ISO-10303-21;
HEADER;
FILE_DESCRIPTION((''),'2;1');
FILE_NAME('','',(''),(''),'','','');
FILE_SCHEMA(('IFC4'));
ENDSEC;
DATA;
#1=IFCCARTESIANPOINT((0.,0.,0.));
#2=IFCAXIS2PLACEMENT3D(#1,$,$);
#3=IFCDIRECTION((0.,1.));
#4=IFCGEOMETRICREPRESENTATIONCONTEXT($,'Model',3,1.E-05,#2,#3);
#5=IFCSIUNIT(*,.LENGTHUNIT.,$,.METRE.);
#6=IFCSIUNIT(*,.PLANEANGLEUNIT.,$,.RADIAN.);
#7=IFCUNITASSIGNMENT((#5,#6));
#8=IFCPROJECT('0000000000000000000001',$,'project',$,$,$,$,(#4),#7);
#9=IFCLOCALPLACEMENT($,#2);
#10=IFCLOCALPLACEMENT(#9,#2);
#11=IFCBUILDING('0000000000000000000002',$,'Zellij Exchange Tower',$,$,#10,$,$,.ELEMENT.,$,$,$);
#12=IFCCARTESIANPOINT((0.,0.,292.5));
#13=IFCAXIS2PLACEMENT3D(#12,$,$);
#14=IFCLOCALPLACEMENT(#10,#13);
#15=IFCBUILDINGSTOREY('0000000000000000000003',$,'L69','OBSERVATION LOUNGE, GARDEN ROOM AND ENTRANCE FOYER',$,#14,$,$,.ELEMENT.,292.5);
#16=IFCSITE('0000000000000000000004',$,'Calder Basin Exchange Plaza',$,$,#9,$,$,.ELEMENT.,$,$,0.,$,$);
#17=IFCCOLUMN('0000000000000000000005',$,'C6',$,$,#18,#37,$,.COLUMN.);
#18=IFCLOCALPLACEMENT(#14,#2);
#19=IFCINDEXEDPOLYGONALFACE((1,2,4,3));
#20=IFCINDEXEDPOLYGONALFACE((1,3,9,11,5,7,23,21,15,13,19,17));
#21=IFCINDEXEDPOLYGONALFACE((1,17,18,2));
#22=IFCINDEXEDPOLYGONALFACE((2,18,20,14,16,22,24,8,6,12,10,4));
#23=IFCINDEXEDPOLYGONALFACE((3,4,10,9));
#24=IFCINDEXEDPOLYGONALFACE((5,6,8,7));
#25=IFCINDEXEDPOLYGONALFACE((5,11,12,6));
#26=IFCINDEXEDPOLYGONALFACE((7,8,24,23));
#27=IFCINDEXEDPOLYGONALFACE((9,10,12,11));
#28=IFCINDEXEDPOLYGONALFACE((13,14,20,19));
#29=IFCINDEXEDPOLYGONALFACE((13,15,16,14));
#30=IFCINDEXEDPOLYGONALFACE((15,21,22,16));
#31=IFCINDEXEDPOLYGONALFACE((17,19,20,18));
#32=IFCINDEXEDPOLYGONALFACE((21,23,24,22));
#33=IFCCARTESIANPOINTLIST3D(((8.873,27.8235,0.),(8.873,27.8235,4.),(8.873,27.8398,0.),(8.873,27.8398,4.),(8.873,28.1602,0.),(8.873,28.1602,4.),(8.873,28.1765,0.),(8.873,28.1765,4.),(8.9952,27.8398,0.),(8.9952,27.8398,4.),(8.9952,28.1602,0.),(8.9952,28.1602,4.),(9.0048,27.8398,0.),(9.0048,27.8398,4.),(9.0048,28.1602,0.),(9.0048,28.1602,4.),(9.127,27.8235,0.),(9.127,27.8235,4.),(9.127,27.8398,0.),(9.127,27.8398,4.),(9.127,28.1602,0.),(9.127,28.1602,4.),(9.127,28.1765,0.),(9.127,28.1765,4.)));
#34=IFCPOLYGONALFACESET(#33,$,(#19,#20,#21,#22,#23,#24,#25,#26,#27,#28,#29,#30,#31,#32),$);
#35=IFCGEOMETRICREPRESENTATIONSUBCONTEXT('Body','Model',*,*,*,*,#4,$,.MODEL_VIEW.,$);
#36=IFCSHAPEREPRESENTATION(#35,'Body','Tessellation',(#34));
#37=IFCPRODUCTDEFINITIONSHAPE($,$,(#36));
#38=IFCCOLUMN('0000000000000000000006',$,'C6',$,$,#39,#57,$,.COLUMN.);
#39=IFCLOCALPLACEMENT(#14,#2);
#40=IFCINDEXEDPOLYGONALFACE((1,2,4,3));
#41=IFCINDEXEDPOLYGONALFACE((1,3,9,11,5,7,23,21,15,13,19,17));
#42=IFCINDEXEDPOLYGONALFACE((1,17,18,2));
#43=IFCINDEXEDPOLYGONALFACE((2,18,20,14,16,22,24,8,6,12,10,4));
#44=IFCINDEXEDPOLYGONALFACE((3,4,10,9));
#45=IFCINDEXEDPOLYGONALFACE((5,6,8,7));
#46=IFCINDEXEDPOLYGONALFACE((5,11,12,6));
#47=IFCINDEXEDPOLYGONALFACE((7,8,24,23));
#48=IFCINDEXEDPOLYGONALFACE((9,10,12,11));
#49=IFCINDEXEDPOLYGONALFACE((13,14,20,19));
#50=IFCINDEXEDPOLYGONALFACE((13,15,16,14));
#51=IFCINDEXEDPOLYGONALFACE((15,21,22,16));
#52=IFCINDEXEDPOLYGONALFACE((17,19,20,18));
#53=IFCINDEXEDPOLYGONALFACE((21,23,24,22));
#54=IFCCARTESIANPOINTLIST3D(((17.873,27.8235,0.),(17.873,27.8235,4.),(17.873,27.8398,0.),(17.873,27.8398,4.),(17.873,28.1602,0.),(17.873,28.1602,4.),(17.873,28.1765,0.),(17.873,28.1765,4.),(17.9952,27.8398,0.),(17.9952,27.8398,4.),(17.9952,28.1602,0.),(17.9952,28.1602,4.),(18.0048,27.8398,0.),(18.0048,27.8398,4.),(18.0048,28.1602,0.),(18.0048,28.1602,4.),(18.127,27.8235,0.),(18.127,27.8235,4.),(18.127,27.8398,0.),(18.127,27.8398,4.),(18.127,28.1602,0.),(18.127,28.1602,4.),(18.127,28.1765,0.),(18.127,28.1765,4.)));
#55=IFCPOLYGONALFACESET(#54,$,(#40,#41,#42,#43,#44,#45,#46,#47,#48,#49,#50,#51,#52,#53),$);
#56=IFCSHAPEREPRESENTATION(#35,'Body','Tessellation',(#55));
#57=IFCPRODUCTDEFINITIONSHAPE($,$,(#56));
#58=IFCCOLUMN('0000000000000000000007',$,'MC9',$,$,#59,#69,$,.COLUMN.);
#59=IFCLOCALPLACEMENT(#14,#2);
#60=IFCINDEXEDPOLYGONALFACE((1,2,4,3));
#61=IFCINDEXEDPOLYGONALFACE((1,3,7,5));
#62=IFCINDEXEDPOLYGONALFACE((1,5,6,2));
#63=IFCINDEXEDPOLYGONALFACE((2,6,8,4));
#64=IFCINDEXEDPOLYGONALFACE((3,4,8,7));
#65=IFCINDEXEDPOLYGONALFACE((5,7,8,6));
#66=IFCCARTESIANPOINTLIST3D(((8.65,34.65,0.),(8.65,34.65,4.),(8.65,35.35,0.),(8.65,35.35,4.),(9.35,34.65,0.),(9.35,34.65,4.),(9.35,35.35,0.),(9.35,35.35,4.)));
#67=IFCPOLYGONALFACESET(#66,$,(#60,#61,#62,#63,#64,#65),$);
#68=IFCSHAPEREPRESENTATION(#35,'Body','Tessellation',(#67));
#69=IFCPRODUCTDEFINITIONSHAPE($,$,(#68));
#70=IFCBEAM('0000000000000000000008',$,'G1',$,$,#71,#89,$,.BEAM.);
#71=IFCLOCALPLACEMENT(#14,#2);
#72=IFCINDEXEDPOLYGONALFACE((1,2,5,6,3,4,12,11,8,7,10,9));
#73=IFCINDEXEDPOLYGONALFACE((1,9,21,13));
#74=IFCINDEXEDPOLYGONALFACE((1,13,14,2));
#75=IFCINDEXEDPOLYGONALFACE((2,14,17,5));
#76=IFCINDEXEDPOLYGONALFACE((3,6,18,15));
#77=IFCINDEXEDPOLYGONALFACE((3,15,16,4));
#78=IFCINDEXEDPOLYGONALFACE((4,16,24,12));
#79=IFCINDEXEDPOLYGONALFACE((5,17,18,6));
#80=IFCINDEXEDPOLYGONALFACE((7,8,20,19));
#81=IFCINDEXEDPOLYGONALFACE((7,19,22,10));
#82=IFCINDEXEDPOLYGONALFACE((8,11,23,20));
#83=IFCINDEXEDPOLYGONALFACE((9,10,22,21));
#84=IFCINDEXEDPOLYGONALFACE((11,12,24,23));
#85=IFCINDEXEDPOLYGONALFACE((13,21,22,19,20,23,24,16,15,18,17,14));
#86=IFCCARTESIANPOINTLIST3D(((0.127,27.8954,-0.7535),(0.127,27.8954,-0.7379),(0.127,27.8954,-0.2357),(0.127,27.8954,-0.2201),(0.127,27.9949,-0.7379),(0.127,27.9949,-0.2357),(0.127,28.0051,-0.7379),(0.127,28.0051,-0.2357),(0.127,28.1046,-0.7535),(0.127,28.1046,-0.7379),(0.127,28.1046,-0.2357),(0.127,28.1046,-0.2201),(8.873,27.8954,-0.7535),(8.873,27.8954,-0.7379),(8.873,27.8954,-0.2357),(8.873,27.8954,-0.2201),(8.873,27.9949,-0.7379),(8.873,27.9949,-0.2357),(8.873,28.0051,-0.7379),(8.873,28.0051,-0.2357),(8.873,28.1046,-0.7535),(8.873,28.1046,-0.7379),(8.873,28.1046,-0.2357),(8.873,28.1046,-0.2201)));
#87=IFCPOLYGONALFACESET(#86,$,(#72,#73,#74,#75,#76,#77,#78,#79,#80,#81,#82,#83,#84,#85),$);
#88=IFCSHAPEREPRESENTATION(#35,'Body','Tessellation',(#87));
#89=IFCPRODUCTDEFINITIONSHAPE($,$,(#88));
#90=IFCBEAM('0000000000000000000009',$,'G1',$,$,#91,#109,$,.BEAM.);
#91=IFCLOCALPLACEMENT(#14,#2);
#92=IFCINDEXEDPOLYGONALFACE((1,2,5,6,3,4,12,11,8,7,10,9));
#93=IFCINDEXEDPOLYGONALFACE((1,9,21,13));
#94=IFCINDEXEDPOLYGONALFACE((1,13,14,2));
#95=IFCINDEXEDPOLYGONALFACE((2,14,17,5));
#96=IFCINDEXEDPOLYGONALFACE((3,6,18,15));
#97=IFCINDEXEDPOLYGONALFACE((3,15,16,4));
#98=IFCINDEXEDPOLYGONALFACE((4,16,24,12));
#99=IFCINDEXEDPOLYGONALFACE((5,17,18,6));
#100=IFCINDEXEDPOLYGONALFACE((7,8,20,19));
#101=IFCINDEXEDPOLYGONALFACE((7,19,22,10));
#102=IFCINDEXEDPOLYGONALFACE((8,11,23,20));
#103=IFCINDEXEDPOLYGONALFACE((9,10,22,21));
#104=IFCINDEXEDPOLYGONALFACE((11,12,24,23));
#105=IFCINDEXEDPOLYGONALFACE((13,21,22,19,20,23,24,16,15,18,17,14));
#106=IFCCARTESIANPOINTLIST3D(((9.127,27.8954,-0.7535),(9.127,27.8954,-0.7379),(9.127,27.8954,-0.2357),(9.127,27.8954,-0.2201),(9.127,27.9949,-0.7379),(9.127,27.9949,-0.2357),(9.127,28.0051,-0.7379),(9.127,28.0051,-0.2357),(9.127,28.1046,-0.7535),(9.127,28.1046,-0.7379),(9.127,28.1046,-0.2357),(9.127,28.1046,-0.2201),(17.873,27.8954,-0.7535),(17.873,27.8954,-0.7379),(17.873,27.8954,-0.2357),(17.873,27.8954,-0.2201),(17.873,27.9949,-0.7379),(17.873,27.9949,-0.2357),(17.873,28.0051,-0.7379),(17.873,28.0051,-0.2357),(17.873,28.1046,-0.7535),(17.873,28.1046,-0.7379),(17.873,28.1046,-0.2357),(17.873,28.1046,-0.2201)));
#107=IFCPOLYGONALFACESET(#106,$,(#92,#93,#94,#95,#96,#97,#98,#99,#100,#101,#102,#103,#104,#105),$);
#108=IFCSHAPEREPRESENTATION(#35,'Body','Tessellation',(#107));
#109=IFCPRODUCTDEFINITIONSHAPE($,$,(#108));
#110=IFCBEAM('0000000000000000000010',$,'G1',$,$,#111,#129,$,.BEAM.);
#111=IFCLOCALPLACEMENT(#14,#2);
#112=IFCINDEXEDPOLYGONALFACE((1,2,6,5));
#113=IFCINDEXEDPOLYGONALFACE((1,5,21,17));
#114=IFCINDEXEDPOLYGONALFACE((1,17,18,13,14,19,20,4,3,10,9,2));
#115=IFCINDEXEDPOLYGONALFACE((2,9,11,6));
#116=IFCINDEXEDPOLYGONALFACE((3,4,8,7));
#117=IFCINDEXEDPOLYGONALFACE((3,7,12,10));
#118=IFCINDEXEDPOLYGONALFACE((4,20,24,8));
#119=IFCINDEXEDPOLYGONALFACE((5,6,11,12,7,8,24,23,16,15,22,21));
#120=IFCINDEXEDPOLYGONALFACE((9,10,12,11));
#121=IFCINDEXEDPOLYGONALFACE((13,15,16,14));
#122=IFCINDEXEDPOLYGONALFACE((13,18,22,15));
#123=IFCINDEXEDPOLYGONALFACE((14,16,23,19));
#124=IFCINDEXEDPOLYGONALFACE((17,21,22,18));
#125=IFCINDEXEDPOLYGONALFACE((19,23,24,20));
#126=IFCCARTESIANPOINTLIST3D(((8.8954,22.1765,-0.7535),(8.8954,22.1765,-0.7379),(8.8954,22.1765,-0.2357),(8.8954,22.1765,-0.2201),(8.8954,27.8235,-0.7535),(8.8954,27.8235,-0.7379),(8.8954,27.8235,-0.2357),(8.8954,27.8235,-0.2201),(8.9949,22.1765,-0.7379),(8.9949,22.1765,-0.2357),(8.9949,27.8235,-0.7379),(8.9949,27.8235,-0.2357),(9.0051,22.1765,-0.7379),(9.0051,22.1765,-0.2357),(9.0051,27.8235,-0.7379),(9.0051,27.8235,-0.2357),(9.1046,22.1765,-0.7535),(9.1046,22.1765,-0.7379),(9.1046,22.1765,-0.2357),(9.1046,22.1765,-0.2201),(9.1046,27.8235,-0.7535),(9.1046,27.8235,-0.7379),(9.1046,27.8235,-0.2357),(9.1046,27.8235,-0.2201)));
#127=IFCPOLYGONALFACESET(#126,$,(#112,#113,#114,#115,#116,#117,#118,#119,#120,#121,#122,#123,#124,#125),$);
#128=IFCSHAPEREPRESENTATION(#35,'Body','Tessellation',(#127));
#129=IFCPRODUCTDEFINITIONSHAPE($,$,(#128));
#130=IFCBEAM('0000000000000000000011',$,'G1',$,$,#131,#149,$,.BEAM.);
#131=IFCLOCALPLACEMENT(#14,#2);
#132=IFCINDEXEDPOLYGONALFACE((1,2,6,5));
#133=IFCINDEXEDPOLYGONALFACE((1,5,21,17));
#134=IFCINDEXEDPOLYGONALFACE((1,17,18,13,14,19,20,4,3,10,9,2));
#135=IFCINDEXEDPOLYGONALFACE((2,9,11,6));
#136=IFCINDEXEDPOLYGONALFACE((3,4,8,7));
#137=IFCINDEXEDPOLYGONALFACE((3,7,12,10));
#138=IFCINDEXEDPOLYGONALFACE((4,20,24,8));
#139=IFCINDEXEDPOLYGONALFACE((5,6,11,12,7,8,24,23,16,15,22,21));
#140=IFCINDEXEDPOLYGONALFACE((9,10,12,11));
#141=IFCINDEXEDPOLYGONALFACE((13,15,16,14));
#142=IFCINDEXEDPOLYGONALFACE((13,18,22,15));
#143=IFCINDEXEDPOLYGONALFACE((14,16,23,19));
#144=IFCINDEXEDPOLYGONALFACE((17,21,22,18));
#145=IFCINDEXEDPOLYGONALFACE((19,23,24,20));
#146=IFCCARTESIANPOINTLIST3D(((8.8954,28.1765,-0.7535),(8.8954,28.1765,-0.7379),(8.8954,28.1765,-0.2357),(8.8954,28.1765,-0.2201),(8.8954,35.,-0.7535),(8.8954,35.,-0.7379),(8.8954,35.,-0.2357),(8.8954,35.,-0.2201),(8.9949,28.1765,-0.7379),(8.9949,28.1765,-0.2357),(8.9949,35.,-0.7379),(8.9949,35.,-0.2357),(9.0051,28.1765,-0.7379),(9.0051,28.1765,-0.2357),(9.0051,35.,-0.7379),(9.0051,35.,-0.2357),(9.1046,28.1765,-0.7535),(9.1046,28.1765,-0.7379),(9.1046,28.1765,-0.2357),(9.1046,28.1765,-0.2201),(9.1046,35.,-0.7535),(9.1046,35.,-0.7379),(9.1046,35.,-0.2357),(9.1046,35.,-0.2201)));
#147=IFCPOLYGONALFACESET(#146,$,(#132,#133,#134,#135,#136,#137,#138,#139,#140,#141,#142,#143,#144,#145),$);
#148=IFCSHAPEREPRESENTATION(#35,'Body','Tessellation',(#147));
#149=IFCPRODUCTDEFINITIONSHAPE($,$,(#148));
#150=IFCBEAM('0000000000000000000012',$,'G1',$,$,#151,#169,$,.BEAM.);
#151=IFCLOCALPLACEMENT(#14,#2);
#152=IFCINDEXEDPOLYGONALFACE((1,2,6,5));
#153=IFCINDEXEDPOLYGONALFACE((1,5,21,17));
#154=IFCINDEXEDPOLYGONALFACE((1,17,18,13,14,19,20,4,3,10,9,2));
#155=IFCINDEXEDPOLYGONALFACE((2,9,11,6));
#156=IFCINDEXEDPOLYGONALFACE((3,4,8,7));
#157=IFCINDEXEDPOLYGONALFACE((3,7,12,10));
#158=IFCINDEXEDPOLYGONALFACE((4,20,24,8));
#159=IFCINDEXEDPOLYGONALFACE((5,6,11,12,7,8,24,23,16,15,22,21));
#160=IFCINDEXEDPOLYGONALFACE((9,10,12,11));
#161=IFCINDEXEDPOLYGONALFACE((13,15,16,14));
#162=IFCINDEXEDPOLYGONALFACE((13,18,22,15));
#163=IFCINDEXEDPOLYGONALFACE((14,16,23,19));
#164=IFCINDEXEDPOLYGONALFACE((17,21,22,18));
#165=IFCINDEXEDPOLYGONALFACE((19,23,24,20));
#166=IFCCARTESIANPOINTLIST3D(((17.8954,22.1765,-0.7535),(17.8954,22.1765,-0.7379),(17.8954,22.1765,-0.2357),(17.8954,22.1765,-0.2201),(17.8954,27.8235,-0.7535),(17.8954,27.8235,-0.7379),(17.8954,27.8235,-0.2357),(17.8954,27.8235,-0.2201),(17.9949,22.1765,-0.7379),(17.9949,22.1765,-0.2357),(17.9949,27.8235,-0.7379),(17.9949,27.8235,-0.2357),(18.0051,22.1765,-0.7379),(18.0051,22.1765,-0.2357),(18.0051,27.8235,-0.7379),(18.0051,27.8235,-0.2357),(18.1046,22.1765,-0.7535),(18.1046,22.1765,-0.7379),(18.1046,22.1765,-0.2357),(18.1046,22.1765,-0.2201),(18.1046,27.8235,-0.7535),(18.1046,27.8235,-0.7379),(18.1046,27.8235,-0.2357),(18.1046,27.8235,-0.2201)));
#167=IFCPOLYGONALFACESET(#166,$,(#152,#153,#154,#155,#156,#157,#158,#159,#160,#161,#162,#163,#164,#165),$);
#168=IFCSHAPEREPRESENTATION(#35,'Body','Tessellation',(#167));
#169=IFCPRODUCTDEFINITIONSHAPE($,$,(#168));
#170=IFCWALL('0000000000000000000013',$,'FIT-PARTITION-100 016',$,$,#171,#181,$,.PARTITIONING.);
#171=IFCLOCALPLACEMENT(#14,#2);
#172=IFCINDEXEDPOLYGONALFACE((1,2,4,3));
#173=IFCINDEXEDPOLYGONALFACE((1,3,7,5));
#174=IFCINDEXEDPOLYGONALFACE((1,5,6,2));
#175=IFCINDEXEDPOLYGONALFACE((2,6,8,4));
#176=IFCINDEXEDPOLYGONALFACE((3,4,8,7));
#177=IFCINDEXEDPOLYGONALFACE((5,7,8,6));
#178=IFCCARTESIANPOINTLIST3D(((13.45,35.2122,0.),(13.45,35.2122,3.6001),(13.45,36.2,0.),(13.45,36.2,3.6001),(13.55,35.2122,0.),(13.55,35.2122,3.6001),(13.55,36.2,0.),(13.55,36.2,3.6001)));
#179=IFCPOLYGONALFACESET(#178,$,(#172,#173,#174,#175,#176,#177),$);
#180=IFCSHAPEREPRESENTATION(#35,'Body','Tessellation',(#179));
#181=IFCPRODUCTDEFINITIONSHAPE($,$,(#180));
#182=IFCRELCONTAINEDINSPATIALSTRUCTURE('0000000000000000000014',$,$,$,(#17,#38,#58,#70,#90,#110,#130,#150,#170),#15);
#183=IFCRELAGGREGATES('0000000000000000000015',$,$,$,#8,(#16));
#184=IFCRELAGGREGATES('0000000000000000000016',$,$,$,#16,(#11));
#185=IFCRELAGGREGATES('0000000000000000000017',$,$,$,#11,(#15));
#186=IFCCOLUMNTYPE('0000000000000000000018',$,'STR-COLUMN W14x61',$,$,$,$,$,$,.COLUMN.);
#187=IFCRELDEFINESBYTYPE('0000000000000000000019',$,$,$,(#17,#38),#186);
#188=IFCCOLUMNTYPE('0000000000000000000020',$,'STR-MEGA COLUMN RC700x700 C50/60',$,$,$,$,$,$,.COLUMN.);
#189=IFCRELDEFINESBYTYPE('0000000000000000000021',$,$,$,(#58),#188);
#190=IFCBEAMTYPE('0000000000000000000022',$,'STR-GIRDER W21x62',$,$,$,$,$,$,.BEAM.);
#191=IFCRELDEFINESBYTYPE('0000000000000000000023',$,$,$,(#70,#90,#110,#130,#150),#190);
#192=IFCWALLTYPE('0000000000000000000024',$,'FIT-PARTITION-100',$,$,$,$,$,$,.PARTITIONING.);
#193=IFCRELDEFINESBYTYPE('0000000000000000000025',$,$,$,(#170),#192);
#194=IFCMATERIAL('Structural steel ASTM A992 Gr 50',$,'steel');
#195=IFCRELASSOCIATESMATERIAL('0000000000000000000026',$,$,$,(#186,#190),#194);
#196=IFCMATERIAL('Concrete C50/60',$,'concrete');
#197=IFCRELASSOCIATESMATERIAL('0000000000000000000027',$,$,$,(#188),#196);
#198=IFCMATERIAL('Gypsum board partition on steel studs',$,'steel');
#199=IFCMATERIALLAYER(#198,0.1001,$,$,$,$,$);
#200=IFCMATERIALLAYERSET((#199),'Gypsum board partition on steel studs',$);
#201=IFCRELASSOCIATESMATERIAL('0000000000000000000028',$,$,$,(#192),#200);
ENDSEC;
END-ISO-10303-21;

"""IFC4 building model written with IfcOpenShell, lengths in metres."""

from ifc_helpers import new_model, si_unit, direction, frame, frame_2d, origin, origin_2d, place, context, subcontext, project, spatial, rectangle, i_section, extrude, material, layer, layer_set, material_profile, profile_set, type_object, element, save


model = new_model("IFC4")

# Units and contexts
model_context = context("Model", 3, precision=1e-05, world=origin(), true_north=direction((0.0, 1.0)))
body_context = subcontext(model_context, "Body", "Model", "MODEL_VIEW")
ifc_project = project(units=[si_unit("LENGTHUNIT", "METRE"), si_unit("PLANEANGLEUNIT", "RADIAN")], contexts=[model_context])

# Site, building, storey
site_placement = place(None, origin())
site = spatial("IfcSite", under=ifc_project, at=site_placement, Name="Calder Basin Exchange Plaza", CompositionType="ELEMENT", RefElevation=0.0)
building_placement = place(site_placement, origin())
building = spatial("IfcBuilding", under=site, at=building_placement, Name="Zellij Exchange Tower", CompositionType="ELEMENT")
storey_placement = place(building_placement, frame((0.0, 0.0, 292.5)))
storey = spatial("IfcBuildingStorey", under=building, at=storey_placement, Name="L69", Description="OBSERVATION LOUNGE, GARDEN ROOM AND ENTRANCE FOYER", CompositionType="ELEMENT", Elevation=292.5)

# Columns
ifc_material_1 = material(Name="Structural steel ASTM A992 Gr 50", Category="steel")
ifc_material_profile_1 = material_profile(ifc_material_1, i_section(OverallWidth=0.2539, OverallDepth=0.353, WebThickness=0.0095, FlangeThickness=0.0164, at=origin_2d()), Name="W14x61")
ifc_profile_set_1 = profile_set([ifc_material_profile_1], Name="Structural steel ASTM A992 Gr 50")
column_type_1 = type_object("IfcColumnType", Name="STR-COLUMN W14x61", PredefinedType="COLUMN", material=ifc_profile_set_1)
for number, where, z_axis, x_axis, name in (
    (1, (9.0, 28.0, 0.0), (0.0, 0.0, 1.0), (1.0, 0.0, 0.0), "C6"),
    (2, (18.0, 28.0, 0.0), (0.0, 0.0, 1.0), (1.0, 0.0, 0.0), "C6"),
):
    element("IfcColumn", number, at=place(storey_placement, frame(where, z_axis=z_axis, x_axis=x_axis)), inside=storey, type_object=column_type_1, Name=name, PredefinedType="COLUMN", context=body_context, shape_type="SweptSolid", body=[
        extrude(i_section(OverallWidth=0.2539, OverallDepth=0.353, WebThickness=0.0095, FlangeThickness=0.0164, at=origin_2d()), origin(), (0.0, 0.0, 1.0), 4.0),
    ])
ifc_material_2 = material(Name="Concrete C50/60", Category="concrete")
ifc_material_profile_2 = material_profile(ifc_material_2, rectangle(XDim=0.7, YDim=0.7, at=origin_2d()), Name="STR-MEGA COLUMN RC700x700 C50/60")
ifc_profile_set_2 = profile_set([ifc_material_profile_2], Name="Concrete C50/60")
column_type_2 = type_object("IfcColumnType", Name="STR-MEGA COLUMN RC700x700 C50/60", PredefinedType="COLUMN", material=ifc_profile_set_2)
column_placement = place(storey_placement, frame((9.0, 35.0, 0.0), z_axis=(0.0, 0.0, 1.0), x_axis=(1.0, 0.0, 0.0)))
element("IfcColumn", 3, at=column_placement, inside=storey, type_object=column_type_2, Name="MC9", PredefinedType="COLUMN", context=body_context, shape_type="SweptSolid", body=[
    extrude(rectangle(XDim=0.7, YDim=0.7, at=origin_2d()), origin(), (0.0, 0.0, 1.0), 4.0),
])

# Beams
ifc_material_profile_3 = material_profile(ifc_material_1, i_section(OverallWidth=0.2092, OverallDepth=0.5334, WebThickness=0.0103, FlangeThickness=0.0156, at=origin_2d()), Name="W21x62")
ifc_profile_set_3 = profile_set([ifc_material_profile_3], Name="Structural steel ASTM A992 Gr 50")
beam_type = type_object("IfcBeamType", Name="STR-GIRDER W21x62", PredefinedType="BEAM", material=ifc_profile_set_3)
for number, where, z_axis, x_axis, name in (
    (4, (0.127, 28.0, -0.4868), (1.0, 0.0, 0.0), (0.0, 1.0, 0.0), "G1"),
    (5, (9.127, 28.0, -0.4868), (1.0, 0.0, 0.0), (0.0, 1.0, 0.0), "G1"),
):
    element("IfcBeam", number, at=place(storey_placement, frame(where, z_axis=z_axis, x_axis=x_axis)), inside=storey, type_object=beam_type, Name=name, PredefinedType="BEAM", context=body_context, shape_type="SweptSolid", body=[
        extrude(i_section(OverallWidth=0.2092, OverallDepth=0.5334, WebThickness=0.0103, FlangeThickness=0.0156, at=origin_2d()), origin(), (0.0, 0.0, 1.0), 8.7461),
    ])
beam_1_placement = place(storey_placement, frame((9.0, 22.1765, -0.4868), z_axis=(0.0, 1.0, 0.0), x_axis=(-1.0, 0.0, 0.0)))
element("IfcBeam", 6, at=beam_1_placement, inside=storey, type_object=beam_type, Name="G1", PredefinedType="BEAM", context=body_context, shape_type="SweptSolid", body=[
    extrude(i_section(OverallWidth=0.2092, OverallDepth=0.5334, WebThickness=0.0103, FlangeThickness=0.0156, at=origin_2d()), origin(), (0.0, 0.0, 1.0), 5.647),
])
beam_2_placement = place(storey_placement, frame((9.0, 28.1765, -0.4868), z_axis=(0.0, 1.0, 0.0), x_axis=(-1.0, 0.0, 0.0)))
element("IfcBeam", 7, at=beam_2_placement, inside=storey, type_object=beam_type, Name="G1", PredefinedType="BEAM", context=body_context, shape_type="SweptSolid", body=[
    extrude(i_section(OverallWidth=0.2092, OverallDepth=0.5334, WebThickness=0.0103, FlangeThickness=0.0156, at=origin_2d()), origin(), (0.0, 0.0, 1.0), 6.8235),
])
beam_3_placement = place(storey_placement, frame((18.0, 22.1765, -0.4868), z_axis=(0.0, 1.0, 0.0), x_axis=(-1.0, 0.0, 0.0)))
element("IfcBeam", 8, at=beam_3_placement, inside=storey, type_object=beam_type, Name="G1", PredefinedType="BEAM", context=body_context, shape_type="SweptSolid", body=[
    extrude(i_section(OverallWidth=0.2092, OverallDepth=0.5334, WebThickness=0.0103, FlangeThickness=0.0156, at=origin_2d()), origin(), (0.0, 0.0, 1.0), 5.647),
])

# Wall
ifc_material_3 = material(Name="Gypsum board partition on steel studs", Category="steel")
ifc_layer_1 = layer(ifc_material_3, 0.1001)
ifc_layer_set_1 = layer_set([ifc_layer_1], Name="Gypsum board partition on steel studs")
wall_type = type_object("IfcWallType", Name="FIT-PARTITION-100", PredefinedType="PARTITIONING", material=ifc_layer_set_1)
wall_placement = place(storey_placement, frame((13.5, 35.2122, 0.0), z_axis=(0.0, 0.0, 1.0), x_axis=(0.0, 1.0, 0.0)))
element("IfcWall", 9, at=wall_placement, inside=storey, type_object=wall_type, Name="FIT-PARTITION-100 016", PredefinedType="PARTITIONING", context=body_context, shape_type="SweptSolid", body=[
    extrude(rectangle(XDim=0.9878, YDim=0.1001, at=frame_2d((0.4939, 0.0))), origin(), (0.0, 0.0, 1.0), 3.6001),
])

save(model, "model.ifc")
